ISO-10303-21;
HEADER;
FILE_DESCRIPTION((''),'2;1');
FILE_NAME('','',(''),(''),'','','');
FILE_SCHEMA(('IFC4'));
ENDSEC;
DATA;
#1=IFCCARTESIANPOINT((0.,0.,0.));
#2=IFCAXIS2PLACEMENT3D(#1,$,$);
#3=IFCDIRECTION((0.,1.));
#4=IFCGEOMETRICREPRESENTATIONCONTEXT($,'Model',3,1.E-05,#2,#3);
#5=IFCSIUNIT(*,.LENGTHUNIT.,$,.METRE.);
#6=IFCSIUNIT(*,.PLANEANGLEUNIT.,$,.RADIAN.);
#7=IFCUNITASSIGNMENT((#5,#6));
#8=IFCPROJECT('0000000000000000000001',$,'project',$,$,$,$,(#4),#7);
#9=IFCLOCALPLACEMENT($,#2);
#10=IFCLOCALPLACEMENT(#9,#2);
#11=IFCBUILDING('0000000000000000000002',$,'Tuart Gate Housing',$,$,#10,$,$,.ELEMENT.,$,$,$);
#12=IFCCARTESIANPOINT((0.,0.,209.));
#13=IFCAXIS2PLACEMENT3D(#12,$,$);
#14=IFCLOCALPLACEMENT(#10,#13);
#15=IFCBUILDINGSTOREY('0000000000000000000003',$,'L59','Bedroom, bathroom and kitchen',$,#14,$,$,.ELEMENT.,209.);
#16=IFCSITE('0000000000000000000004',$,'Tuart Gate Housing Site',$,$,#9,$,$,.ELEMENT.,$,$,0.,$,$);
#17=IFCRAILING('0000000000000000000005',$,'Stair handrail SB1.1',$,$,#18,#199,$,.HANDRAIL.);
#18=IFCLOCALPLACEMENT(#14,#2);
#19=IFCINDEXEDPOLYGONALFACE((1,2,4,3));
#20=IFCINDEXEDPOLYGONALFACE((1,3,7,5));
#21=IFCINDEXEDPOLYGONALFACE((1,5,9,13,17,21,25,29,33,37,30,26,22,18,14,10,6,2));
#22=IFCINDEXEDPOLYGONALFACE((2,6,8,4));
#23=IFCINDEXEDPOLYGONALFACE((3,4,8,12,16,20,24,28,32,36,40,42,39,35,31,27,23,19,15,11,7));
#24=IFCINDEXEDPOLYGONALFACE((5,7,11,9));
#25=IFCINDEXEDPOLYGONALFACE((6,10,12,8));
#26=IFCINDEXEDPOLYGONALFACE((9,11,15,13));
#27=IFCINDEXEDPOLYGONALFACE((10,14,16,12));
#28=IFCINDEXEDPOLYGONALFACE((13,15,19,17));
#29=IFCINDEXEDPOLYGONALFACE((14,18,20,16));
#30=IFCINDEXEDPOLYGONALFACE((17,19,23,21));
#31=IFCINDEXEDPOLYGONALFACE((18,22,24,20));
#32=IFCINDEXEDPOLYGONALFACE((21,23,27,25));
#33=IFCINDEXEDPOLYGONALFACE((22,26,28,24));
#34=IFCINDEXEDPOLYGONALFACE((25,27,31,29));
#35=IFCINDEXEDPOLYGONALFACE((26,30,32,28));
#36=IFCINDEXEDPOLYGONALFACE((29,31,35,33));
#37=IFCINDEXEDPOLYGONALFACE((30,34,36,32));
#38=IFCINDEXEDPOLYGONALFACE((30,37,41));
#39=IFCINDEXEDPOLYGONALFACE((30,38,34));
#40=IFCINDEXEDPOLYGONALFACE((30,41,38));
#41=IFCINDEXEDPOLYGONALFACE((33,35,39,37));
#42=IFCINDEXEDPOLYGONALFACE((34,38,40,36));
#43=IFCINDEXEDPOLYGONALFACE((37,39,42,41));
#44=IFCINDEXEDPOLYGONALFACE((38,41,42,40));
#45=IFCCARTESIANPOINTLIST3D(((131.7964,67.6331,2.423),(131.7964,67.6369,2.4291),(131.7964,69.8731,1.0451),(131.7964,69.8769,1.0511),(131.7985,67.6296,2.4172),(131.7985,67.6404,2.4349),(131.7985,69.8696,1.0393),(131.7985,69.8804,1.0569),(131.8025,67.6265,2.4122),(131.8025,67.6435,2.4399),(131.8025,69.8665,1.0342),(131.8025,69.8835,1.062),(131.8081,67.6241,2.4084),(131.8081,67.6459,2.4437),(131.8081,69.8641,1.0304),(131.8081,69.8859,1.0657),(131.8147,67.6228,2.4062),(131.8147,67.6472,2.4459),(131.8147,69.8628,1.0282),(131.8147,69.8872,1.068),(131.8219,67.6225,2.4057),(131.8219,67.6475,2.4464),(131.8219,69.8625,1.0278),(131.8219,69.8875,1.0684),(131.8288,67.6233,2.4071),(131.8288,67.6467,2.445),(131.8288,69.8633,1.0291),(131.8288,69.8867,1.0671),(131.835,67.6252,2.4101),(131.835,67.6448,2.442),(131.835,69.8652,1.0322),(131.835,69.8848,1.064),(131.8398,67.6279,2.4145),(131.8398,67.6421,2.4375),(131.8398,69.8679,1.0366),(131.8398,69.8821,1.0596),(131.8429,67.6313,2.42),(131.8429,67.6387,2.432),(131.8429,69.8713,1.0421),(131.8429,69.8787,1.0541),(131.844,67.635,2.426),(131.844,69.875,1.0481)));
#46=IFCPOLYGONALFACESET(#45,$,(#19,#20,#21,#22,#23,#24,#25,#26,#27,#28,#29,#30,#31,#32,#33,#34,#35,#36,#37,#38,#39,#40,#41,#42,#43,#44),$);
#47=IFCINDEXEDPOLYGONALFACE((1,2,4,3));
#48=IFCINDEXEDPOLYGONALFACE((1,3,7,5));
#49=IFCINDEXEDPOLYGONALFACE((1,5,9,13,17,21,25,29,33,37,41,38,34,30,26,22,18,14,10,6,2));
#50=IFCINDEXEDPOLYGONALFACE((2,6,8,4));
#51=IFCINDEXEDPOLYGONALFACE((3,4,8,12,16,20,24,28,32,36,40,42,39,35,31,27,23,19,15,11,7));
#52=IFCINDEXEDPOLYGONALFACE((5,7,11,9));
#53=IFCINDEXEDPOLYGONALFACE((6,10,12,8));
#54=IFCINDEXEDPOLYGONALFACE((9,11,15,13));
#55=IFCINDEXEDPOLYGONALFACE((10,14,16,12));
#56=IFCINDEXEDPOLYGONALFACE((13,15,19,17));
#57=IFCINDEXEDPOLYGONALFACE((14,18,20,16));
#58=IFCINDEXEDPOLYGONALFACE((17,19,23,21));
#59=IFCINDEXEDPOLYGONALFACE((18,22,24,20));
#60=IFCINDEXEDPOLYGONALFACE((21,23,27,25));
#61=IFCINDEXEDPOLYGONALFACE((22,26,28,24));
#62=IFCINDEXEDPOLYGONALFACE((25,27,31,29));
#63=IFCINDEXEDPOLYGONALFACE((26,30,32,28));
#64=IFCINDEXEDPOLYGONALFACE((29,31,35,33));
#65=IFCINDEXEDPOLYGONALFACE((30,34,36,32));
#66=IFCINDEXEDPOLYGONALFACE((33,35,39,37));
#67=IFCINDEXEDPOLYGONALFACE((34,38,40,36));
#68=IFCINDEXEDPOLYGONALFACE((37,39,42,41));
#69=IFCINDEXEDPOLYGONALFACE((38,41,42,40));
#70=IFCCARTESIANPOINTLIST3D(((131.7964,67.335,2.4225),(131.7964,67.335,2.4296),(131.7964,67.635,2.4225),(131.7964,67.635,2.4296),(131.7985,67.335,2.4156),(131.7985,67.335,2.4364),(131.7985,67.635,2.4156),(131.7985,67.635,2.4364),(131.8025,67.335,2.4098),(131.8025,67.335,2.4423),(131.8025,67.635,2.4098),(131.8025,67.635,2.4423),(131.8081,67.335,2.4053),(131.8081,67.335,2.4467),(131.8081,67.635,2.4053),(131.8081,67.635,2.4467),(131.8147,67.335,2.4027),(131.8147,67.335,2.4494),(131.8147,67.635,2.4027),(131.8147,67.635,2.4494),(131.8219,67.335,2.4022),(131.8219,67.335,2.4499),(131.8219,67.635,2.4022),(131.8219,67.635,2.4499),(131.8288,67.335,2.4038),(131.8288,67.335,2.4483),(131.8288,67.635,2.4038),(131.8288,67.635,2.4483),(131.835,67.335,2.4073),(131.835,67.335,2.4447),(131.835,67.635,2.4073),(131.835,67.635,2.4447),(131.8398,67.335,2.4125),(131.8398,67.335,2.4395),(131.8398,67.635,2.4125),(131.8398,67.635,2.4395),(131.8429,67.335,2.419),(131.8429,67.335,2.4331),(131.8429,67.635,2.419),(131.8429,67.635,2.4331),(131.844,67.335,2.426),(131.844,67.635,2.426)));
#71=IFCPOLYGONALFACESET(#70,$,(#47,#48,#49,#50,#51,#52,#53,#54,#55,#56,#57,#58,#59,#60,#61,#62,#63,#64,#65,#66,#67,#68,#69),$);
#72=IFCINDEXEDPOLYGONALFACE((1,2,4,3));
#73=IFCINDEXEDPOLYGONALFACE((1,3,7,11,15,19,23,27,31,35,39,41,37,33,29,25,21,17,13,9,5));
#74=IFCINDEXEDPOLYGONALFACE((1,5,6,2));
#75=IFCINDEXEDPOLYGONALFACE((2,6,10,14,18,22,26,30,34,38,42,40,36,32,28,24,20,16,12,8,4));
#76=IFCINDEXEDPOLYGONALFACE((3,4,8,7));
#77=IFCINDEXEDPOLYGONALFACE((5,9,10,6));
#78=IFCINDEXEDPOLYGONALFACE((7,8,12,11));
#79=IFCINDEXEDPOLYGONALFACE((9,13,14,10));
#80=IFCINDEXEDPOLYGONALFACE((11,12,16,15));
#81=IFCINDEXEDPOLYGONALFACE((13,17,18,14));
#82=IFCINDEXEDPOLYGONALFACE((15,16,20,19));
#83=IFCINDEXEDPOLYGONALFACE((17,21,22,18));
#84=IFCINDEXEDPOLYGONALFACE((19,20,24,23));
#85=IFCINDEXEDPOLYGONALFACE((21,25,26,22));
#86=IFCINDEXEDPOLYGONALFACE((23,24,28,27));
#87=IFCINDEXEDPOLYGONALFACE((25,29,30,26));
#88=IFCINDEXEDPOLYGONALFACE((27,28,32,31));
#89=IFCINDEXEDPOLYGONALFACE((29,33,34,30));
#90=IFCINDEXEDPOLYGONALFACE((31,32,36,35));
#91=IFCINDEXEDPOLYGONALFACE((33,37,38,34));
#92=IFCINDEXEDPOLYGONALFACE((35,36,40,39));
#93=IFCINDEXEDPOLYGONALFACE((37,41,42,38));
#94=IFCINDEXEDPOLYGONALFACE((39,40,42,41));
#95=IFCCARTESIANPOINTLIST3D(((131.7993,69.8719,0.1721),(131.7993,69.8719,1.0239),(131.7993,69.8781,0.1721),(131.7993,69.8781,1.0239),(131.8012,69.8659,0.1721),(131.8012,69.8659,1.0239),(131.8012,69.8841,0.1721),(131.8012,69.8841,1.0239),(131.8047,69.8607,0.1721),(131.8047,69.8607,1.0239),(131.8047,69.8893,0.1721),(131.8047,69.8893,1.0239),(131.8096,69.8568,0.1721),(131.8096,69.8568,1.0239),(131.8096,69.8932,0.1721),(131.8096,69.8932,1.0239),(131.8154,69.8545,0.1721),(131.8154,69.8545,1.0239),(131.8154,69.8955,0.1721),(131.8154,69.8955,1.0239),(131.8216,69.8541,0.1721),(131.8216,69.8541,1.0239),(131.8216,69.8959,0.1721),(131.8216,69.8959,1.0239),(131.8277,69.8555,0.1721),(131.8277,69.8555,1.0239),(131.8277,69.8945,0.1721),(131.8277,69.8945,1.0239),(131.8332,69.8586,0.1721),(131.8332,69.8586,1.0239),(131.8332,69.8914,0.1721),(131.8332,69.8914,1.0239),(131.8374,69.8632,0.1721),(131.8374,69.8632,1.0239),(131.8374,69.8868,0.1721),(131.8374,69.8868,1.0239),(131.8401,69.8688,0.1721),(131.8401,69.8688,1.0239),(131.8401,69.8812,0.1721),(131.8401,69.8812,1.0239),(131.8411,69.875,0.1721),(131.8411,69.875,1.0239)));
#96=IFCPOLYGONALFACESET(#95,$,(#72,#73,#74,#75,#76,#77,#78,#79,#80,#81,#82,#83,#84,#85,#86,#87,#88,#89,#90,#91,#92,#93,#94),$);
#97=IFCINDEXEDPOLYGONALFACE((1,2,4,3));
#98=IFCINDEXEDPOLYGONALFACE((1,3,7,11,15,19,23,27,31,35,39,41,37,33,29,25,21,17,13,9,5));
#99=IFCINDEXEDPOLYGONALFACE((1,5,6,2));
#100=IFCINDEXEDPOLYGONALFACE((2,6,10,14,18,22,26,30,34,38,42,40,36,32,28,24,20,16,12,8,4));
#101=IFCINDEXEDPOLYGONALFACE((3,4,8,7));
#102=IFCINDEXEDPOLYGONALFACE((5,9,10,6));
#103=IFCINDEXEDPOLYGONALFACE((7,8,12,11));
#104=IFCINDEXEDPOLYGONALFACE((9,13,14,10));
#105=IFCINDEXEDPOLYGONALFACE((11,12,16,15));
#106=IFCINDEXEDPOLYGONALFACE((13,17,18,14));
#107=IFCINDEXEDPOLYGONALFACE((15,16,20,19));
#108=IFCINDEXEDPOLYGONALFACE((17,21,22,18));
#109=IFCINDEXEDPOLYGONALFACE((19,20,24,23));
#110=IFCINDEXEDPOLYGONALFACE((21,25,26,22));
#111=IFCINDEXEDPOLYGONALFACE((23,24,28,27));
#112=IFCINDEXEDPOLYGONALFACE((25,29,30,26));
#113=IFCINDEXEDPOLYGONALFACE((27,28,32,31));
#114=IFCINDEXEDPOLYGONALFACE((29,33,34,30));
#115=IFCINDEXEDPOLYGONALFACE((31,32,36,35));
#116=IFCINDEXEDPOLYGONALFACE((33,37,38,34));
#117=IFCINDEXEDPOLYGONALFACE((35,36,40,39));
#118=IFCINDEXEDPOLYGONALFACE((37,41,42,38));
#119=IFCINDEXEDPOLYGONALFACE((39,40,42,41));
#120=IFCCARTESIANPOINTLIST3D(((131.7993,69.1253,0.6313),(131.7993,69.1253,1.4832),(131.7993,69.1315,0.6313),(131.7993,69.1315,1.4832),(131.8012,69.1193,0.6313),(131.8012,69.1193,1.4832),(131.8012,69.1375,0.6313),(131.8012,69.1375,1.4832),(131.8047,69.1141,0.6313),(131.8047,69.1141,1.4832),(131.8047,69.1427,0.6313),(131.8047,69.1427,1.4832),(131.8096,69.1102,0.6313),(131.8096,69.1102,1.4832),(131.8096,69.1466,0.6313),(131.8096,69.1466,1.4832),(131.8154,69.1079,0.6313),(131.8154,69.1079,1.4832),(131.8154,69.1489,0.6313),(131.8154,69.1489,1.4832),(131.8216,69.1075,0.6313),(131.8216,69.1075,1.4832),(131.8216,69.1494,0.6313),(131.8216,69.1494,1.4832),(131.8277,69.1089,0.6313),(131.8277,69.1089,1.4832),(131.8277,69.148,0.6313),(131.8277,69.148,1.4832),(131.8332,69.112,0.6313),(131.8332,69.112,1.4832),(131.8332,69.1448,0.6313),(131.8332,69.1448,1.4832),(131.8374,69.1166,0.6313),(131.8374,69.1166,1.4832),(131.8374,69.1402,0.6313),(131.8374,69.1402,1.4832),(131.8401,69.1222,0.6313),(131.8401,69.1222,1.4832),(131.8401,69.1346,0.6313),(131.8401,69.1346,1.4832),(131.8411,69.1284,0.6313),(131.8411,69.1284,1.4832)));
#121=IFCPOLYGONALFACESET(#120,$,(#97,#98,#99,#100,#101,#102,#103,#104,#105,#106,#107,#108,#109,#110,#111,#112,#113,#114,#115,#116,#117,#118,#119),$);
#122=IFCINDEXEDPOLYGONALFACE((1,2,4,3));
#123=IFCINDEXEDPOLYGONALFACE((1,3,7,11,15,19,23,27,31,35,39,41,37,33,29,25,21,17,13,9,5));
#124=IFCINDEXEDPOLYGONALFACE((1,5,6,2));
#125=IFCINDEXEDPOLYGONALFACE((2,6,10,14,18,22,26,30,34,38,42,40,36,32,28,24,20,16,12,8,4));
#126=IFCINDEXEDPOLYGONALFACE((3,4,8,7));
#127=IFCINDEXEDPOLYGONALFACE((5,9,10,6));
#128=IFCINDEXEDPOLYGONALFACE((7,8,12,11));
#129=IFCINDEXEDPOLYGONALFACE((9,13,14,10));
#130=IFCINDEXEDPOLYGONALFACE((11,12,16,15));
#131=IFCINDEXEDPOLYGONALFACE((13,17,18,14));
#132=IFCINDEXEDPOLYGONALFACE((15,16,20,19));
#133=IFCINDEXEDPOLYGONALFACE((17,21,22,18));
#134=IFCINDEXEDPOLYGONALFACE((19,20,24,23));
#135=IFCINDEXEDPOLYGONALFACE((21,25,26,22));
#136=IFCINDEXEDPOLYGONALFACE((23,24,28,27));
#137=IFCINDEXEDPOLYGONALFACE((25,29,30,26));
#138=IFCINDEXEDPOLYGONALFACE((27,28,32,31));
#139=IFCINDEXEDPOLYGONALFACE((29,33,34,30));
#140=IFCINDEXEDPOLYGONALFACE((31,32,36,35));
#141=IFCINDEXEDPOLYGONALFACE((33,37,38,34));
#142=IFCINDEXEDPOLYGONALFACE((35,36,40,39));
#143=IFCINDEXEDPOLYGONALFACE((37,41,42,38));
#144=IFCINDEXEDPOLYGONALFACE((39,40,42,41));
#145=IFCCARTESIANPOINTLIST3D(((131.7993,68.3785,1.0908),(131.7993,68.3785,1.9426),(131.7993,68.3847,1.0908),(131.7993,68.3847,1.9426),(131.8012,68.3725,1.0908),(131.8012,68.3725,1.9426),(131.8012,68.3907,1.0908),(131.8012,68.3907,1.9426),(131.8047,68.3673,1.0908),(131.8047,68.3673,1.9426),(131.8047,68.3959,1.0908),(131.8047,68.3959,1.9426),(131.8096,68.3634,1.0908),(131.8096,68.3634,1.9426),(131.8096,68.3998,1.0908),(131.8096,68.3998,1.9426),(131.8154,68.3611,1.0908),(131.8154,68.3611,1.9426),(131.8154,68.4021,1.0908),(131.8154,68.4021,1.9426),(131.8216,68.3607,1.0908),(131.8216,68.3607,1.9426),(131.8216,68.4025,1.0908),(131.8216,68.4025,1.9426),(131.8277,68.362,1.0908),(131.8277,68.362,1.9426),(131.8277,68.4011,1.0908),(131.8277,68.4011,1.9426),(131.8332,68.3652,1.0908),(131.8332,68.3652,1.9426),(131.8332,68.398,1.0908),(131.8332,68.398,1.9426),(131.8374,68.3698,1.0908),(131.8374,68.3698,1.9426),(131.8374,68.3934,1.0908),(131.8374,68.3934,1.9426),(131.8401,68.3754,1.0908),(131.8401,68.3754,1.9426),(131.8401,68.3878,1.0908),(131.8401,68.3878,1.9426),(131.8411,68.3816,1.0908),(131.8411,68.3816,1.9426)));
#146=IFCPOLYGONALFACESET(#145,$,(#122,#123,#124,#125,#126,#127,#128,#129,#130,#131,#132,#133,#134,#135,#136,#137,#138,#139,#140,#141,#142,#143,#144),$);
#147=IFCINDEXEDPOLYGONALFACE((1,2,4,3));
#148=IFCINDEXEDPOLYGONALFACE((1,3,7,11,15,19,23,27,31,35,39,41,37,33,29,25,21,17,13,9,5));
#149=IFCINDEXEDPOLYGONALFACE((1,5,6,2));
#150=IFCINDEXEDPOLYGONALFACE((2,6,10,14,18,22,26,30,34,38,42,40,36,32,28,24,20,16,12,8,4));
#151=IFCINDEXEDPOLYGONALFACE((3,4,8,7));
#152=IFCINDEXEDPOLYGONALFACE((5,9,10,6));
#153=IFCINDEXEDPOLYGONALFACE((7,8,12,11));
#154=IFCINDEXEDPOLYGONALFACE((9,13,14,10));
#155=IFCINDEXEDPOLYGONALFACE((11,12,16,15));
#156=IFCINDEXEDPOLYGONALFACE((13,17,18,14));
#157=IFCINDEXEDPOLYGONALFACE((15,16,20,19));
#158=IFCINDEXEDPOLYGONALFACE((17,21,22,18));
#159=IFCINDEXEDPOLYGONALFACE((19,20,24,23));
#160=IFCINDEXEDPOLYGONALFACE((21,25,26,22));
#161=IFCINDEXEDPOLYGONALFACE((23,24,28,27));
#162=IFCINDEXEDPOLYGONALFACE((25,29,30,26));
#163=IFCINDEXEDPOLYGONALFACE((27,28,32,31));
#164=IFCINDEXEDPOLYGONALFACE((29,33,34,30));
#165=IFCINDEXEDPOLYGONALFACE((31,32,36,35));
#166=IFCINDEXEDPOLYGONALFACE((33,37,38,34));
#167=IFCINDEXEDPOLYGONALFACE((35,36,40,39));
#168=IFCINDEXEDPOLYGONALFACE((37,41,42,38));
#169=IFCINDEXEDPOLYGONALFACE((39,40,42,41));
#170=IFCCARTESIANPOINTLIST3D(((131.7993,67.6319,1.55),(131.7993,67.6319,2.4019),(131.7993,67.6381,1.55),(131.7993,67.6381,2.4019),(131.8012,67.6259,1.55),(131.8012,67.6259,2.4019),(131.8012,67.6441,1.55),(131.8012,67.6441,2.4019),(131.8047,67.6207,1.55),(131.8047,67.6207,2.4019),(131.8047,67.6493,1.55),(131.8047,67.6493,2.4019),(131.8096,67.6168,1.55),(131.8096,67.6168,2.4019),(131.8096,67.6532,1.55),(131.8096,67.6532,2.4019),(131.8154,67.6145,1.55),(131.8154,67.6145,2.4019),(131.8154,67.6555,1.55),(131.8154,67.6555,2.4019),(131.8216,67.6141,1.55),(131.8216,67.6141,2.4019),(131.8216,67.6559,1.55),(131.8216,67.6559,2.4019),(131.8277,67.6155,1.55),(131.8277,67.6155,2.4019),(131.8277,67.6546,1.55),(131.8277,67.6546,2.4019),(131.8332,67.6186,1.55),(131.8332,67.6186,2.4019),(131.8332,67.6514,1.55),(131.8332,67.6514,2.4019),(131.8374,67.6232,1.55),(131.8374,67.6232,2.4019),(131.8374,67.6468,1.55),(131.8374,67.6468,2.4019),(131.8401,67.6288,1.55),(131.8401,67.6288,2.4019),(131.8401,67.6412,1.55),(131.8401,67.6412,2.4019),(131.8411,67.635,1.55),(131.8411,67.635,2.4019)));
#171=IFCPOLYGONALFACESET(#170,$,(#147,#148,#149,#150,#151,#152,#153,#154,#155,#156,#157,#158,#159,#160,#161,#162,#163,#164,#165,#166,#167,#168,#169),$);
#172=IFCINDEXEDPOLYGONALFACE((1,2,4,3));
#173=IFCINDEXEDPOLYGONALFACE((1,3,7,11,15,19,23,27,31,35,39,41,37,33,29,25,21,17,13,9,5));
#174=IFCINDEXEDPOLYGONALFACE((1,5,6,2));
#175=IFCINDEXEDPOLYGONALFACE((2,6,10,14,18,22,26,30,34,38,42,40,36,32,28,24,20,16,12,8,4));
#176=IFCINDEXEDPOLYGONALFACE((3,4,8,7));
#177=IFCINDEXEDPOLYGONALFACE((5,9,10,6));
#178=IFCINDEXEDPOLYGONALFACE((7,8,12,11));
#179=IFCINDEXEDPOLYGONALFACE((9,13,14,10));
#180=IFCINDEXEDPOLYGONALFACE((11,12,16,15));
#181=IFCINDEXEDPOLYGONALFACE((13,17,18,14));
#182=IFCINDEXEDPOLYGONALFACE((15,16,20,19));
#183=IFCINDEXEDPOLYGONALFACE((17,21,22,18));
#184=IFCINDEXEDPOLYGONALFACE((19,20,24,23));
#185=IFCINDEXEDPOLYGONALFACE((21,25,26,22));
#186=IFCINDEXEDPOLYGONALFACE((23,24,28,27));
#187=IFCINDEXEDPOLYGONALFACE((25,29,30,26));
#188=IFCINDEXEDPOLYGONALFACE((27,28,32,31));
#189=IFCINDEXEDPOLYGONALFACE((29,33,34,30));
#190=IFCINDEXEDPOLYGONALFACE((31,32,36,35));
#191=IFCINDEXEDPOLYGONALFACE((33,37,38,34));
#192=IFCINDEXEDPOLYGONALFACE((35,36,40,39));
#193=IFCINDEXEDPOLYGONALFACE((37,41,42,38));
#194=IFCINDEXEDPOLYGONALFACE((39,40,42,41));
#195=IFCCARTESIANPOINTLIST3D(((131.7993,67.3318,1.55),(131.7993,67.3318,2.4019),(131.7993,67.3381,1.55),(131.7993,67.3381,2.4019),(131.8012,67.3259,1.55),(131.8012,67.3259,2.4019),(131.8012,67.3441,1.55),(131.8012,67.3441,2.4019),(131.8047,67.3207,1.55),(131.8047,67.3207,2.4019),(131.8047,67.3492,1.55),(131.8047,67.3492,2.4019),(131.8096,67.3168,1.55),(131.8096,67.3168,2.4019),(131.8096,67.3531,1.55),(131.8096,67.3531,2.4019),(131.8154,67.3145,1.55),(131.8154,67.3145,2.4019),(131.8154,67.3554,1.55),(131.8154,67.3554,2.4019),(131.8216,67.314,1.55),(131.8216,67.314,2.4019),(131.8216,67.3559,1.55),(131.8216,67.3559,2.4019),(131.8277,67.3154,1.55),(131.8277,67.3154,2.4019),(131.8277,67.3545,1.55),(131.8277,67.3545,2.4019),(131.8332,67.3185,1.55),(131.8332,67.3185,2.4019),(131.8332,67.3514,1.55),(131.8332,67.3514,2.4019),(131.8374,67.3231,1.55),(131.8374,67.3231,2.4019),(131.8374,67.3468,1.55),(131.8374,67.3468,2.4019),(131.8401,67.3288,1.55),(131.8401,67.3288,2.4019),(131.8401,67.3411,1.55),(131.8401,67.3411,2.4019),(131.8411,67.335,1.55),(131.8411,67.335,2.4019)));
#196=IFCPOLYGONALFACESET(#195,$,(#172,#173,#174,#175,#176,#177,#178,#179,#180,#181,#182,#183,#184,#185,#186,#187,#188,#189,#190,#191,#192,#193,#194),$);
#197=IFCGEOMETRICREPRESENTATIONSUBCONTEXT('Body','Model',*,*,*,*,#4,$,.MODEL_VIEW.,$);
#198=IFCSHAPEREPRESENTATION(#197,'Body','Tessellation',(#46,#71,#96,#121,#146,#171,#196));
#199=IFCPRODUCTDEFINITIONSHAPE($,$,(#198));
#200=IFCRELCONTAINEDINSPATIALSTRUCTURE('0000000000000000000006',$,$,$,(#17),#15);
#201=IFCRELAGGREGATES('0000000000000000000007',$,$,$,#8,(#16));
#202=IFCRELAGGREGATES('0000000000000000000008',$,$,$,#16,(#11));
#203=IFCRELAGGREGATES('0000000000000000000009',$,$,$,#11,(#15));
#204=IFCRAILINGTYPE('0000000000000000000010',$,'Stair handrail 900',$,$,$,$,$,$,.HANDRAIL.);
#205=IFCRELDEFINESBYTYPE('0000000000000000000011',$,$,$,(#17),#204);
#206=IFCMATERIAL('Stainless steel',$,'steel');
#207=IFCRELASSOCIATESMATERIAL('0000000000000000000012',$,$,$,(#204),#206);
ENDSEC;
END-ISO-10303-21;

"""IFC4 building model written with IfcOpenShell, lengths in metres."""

from ifc_helpers import new_model, si_unit, direction, frame, origin, origin_2d, place, context, subcontext, project, spatial, circle, extrude, material, type_object, element, save


model = new_model("IFC4")

# Units and contexts
model_context = context("Model", 3, precision=1e-05, world=origin(), true_north=direction((0.0, 1.0)))
body_context = subcontext(model_context, "Body", "Model", "MODEL_VIEW")
ifc_project = project(units=[si_unit("LENGTHUNIT", "METRE"), si_unit("PLANEANGLEUNIT", "RADIAN")], contexts=[model_context])

# Site, building, storey
site_placement = place(None, origin())
site = spatial("IfcSite", under=ifc_project, at=site_placement, Name="Tuart Gate Housing Site", CompositionType="ELEMENT", RefElevation=0.0)
building_placement = place(site_placement, origin())
building = spatial("IfcBuilding", under=site, at=building_placement, Name="Tuart Gate Housing", CompositionType="ELEMENT")
storey_placement = place(building_placement, frame((0.0, 0.0, 209.0)))
storey = spatial("IfcBuildingStorey", under=building, at=storey_placement, Name="L59", Description="Bedroom, bathroom and kitchen", CompositionType="ELEMENT", Elevation=209.0)

# Railing
ifc_material_1 = material(Name="Stainless steel", Category="steel")
railing_type = type_object("IfcRailingType", Name="Stair handrail 900", PredefinedType="HANDRAIL", material=ifc_material_1)
railing_placement = place(storey_placement, frame((131.8201, 69.875, 0.1721)))
element("IfcRailing", 1, at=railing_placement, inside=storey, type_object=railing_type, Name="Stair handrail SB1.1", PredefinedType="HANDRAIL", context=body_context, shape_type="SweptSolid", body=[
    extrude(circle(Radius=0.0239, at=origin_2d()), frame((0.0, 0.0, 0.876), z_axis=(0.0, -0.851748, 0.523952), x_axis=(1.0, 0.0, 0.0)), (0.0, 0.0, 1.0), 2.6299),
    extrude(circle(Radius=0.0239, at=origin_2d()), frame((0.0, -2.24, 2.2539), z_axis=(0.0, -1.0, 0.0), x_axis=(1.0, 0.0, 0.0)), (0.0, 0.0, 1.0), 0.3),
    extrude(circle(Radius=0.021, at=origin_2d()), origin(), (0.0, 0.0, 1.0), 0.8518),
    extrude(circle(Radius=0.021, at=origin_2d()), frame((0.0, -0.7466, 0.4592)), (0.0, 0.0, 1.0), 0.8518),
    extrude(circle(Radius=0.021, at=origin_2d()), frame((0.0, -1.4934, 0.9187)), (0.0, 0.0, 1.0), 0.8518),
    extrude(circle(Radius=0.021, at=origin_2d()), frame((0.0, -2.24, 1.3779)), (0.0, 0.0, 1.0), 0.8518),
    extrude(circle(Radius=0.021, at=origin_2d()), frame((0.0, -2.54, 1.3779)), (0.0, 0.0, 1.0), 0.8518),
])

save(model, "model.ifc")
